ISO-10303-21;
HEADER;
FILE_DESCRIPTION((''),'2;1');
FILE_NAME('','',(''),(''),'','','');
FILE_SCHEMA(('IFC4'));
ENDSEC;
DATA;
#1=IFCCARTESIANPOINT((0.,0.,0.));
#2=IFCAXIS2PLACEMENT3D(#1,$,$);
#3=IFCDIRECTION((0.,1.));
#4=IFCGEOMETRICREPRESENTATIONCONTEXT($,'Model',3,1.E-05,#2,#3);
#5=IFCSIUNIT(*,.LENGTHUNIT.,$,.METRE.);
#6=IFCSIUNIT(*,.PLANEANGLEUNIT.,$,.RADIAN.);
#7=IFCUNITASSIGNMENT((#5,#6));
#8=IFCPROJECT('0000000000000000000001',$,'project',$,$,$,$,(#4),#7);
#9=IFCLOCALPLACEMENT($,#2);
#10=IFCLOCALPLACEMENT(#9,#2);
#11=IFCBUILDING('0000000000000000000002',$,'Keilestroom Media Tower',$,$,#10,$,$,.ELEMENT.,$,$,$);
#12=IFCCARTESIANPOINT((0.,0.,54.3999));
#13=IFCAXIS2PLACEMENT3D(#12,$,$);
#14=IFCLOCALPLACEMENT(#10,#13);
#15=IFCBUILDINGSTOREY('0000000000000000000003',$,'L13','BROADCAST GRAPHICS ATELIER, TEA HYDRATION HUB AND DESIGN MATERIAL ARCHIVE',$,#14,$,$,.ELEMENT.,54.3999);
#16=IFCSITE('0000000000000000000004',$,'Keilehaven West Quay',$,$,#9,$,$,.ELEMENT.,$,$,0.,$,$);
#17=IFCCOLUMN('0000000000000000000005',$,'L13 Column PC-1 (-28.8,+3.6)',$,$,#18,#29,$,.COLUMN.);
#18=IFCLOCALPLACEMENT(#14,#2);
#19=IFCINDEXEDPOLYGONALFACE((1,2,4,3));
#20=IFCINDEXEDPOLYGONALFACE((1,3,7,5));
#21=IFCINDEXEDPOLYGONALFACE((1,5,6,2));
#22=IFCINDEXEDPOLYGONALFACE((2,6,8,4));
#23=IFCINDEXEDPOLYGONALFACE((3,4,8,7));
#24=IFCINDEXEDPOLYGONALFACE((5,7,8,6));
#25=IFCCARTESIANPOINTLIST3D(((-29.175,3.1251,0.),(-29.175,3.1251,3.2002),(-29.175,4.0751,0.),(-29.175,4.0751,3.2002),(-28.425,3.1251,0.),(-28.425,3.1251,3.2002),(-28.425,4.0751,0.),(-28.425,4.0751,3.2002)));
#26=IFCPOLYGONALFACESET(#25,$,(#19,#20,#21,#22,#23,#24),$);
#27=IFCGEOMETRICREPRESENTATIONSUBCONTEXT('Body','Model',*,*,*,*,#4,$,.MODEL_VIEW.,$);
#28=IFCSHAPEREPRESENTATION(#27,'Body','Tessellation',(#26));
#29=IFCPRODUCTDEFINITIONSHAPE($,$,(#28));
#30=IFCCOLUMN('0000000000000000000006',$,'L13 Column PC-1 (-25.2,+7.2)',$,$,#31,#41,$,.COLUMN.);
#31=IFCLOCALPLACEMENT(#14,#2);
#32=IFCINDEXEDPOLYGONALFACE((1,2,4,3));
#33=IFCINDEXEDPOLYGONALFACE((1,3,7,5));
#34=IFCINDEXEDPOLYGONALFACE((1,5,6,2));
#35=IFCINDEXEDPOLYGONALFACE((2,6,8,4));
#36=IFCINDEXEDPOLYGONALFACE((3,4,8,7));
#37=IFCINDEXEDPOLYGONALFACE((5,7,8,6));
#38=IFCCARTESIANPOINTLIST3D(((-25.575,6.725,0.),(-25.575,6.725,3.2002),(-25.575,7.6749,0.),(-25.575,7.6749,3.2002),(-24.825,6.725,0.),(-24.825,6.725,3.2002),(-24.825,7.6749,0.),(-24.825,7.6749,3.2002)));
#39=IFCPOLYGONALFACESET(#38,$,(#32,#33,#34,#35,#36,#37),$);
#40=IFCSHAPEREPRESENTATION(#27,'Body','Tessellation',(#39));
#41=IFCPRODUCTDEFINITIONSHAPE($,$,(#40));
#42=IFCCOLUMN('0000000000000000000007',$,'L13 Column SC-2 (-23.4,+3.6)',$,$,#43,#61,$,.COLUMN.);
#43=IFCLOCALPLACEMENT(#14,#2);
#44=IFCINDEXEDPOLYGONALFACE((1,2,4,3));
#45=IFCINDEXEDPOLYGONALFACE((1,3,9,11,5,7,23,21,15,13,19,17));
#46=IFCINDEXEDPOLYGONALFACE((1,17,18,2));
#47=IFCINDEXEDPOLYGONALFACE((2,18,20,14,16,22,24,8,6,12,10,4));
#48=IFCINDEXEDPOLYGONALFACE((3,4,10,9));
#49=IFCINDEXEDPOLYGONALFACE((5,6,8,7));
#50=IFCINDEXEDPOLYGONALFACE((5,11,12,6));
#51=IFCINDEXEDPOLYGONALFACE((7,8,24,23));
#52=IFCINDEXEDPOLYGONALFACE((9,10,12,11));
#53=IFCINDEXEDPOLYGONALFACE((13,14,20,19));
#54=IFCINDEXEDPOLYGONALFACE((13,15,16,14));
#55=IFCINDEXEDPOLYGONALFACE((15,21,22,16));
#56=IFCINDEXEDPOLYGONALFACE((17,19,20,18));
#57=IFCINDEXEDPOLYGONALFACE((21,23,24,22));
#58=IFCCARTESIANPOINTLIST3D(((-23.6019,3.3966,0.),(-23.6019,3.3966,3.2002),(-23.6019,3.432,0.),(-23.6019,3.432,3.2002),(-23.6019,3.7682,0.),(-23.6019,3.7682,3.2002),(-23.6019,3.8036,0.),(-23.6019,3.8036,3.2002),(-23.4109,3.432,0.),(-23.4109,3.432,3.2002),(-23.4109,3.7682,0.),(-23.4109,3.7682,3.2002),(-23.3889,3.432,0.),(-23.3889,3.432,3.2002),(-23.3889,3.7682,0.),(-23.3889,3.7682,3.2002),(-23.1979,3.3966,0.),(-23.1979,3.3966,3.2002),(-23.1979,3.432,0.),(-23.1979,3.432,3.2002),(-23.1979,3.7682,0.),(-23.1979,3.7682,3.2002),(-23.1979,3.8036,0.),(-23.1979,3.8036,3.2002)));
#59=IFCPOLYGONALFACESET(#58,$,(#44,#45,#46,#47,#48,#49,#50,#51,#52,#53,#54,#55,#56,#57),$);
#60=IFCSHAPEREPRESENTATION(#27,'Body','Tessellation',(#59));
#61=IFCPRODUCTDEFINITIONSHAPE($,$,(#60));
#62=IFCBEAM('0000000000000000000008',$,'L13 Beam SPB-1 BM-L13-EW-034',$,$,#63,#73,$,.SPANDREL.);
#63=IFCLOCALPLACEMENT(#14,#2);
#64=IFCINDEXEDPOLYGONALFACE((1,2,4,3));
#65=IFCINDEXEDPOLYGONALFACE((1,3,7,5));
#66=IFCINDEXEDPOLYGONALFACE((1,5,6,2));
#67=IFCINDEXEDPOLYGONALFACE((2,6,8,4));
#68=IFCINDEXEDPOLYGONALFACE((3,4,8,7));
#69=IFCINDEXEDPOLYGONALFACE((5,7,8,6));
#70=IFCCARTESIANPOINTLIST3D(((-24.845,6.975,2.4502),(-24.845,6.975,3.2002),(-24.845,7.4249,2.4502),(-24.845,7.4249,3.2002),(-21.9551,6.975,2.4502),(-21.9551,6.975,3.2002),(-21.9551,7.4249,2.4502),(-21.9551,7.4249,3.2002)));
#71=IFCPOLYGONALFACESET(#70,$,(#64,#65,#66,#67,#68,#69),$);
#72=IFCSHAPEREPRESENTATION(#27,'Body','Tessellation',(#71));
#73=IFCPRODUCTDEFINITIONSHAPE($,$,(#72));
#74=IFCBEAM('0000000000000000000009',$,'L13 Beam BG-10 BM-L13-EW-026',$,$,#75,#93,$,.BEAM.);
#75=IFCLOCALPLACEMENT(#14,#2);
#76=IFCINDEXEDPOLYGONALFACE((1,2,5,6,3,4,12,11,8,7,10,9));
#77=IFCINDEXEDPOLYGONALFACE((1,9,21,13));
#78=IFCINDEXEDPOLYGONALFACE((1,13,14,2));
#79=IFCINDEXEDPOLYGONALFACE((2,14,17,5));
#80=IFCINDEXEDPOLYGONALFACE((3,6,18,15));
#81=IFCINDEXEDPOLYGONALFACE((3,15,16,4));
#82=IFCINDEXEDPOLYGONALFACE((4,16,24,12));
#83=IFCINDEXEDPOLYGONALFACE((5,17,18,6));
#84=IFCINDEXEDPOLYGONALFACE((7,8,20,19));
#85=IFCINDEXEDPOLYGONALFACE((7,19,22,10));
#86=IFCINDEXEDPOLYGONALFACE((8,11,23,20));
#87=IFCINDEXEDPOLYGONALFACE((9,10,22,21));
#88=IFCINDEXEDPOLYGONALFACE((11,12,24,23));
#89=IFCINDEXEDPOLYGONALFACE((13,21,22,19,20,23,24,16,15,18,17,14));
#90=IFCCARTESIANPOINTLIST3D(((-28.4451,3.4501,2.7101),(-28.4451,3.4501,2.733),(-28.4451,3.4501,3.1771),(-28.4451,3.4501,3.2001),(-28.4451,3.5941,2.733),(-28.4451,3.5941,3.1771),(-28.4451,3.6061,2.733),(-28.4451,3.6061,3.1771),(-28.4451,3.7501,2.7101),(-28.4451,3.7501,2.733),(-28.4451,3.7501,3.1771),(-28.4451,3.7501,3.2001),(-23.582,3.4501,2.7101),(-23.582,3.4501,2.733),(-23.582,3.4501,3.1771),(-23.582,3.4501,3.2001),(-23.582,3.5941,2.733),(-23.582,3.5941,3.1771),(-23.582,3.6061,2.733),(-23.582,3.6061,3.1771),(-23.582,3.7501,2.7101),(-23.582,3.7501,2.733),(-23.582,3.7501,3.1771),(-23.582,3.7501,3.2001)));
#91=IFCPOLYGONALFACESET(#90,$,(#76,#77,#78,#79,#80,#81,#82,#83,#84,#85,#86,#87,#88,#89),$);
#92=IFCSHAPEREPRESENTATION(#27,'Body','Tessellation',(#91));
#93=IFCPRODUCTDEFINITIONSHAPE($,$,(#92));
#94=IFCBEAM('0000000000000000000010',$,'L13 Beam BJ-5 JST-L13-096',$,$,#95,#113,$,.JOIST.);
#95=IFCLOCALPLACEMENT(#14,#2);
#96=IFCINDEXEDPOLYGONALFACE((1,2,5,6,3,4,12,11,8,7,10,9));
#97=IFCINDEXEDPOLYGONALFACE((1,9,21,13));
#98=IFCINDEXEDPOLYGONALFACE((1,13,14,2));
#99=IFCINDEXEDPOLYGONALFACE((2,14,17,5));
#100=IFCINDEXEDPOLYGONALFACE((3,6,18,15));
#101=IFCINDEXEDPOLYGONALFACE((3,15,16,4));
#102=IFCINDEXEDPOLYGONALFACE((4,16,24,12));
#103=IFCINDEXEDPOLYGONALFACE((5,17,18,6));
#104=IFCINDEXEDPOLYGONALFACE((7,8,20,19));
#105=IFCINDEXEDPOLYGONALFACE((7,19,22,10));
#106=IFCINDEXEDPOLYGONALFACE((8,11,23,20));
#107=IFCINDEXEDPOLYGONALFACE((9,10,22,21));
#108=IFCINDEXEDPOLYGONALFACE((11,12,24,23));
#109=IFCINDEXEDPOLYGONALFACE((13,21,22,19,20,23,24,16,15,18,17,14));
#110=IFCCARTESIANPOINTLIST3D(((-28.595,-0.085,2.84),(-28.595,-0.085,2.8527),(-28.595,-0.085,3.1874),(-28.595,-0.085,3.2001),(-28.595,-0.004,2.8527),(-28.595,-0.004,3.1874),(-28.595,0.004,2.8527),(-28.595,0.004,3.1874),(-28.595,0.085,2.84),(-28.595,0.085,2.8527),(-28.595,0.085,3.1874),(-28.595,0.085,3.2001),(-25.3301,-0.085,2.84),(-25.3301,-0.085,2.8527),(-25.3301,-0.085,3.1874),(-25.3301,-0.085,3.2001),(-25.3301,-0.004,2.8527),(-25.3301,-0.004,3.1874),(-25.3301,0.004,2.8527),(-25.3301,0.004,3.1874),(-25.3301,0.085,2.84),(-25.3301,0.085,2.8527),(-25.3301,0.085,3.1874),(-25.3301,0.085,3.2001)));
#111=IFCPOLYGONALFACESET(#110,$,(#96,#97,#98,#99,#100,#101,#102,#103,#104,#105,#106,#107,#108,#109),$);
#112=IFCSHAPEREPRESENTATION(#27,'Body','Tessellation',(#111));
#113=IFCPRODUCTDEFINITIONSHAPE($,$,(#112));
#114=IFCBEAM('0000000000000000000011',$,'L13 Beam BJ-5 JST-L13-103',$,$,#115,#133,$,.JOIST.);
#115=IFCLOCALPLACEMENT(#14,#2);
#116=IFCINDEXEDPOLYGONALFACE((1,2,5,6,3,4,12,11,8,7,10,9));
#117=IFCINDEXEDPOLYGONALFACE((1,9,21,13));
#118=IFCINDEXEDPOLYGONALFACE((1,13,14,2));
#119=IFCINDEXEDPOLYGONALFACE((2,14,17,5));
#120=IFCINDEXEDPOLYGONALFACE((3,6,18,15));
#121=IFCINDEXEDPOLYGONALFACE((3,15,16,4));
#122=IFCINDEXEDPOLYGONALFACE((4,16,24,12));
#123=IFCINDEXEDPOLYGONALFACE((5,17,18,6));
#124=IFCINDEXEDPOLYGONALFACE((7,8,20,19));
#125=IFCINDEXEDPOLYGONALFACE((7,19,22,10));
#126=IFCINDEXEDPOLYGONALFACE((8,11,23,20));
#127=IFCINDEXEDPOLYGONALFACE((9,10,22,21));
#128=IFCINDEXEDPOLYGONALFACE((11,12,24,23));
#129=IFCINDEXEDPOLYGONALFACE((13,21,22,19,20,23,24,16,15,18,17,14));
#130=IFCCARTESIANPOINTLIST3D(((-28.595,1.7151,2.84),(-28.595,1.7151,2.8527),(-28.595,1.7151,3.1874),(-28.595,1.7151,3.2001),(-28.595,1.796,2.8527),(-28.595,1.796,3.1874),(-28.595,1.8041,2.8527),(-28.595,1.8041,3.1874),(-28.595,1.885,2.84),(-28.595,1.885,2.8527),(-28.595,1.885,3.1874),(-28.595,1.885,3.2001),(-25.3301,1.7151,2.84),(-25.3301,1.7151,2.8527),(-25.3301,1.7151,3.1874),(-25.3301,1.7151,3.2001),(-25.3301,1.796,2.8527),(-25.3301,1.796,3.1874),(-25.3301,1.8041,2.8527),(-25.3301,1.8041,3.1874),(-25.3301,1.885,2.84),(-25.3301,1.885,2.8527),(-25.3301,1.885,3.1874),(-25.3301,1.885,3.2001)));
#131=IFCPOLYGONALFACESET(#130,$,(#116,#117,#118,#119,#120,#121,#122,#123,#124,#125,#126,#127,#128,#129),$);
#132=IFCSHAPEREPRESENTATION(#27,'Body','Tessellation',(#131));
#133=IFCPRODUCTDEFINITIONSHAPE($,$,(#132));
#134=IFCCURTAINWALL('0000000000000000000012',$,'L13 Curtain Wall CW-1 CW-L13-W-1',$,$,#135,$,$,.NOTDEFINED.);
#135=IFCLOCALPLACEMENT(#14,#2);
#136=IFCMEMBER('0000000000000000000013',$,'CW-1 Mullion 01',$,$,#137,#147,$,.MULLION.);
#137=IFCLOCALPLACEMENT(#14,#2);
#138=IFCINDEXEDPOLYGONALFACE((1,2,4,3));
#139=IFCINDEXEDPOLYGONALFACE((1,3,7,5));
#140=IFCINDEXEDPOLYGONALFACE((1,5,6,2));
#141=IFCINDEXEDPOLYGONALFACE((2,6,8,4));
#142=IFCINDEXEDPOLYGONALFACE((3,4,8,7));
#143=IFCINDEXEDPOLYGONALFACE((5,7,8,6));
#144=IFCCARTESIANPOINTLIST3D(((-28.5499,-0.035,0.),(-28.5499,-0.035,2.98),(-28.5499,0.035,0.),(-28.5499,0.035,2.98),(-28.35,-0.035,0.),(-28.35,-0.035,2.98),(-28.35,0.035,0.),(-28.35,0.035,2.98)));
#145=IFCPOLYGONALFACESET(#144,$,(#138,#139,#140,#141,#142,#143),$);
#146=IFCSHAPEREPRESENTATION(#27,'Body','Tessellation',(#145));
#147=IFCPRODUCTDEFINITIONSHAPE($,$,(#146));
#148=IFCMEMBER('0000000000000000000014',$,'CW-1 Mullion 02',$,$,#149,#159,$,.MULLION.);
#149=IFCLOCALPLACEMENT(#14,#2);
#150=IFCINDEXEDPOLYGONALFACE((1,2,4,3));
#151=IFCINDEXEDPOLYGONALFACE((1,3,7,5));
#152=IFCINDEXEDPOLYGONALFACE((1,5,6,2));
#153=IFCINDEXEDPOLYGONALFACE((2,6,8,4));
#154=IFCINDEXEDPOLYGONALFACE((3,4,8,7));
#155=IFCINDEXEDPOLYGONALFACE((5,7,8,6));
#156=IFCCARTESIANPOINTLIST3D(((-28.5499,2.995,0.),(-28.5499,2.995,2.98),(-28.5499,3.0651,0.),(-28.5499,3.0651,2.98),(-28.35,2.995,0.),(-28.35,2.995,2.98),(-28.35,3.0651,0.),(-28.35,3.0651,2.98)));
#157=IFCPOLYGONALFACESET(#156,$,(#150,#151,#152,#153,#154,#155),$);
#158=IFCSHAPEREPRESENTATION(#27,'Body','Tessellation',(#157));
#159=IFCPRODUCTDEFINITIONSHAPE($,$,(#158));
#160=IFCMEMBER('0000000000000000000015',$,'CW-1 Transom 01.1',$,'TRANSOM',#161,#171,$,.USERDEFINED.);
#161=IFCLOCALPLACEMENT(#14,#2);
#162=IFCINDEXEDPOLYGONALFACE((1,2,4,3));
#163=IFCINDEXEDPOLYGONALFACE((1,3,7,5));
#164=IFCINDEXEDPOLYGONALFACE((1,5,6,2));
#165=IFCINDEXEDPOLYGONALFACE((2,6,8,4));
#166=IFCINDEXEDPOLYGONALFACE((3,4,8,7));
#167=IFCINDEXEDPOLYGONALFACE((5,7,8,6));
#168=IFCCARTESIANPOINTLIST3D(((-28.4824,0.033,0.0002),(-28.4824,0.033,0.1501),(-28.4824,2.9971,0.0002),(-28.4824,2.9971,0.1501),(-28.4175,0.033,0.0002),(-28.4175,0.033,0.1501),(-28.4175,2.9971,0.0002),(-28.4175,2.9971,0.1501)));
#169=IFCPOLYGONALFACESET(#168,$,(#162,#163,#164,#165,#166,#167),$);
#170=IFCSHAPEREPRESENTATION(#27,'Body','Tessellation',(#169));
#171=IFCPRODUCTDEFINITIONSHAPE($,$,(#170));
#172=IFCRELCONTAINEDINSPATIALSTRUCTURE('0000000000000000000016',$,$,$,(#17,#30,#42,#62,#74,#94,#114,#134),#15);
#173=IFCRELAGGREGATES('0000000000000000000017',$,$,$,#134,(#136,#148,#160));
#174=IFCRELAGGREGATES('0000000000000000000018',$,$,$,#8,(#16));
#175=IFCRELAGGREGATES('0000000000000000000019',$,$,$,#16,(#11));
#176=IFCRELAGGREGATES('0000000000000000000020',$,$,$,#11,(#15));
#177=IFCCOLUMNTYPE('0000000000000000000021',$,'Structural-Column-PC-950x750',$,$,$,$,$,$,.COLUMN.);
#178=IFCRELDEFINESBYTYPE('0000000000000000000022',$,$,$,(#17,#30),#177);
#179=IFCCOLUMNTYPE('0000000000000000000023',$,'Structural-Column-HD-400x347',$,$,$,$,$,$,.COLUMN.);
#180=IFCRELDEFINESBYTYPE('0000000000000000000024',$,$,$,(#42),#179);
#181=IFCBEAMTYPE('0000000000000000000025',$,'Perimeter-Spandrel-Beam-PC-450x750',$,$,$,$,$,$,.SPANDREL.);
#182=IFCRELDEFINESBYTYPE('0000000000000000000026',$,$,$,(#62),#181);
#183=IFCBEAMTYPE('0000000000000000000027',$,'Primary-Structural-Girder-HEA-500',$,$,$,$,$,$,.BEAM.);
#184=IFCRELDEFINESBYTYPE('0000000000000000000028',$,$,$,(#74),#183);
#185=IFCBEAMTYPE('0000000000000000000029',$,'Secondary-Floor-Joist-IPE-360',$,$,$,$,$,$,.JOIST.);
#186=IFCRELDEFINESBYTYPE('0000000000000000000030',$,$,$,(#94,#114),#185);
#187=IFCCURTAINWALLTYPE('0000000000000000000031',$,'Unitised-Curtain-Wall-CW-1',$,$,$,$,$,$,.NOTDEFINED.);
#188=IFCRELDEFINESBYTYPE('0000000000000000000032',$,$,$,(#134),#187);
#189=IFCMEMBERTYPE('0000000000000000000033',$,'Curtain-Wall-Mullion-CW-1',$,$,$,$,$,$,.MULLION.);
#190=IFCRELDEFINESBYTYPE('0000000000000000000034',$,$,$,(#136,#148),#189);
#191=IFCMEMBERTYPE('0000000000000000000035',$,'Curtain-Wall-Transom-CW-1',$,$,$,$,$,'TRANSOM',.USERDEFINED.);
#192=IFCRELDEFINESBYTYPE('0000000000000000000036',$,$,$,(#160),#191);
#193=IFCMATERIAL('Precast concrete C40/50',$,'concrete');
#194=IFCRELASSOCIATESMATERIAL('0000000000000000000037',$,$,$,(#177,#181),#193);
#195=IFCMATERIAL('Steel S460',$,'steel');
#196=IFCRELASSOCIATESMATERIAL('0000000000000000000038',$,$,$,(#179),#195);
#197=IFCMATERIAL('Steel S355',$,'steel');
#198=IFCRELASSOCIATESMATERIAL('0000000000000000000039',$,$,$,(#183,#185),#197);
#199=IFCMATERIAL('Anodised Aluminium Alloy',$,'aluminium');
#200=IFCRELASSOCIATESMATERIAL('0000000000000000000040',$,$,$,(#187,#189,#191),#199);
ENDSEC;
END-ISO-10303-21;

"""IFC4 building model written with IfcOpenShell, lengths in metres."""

from ifc_helpers import new_model, si_unit, direction, frame, origin, origin_2d, place, context, subcontext, project, spatial, rectangle, i_section, extrude, source, transform, mapped, material, material_profile, profile_set, type_object, element, aggregate, save


model = new_model("IFC4")

# Units and contexts
model_context = context("Model", 3, precision=1e-05, world=origin(), true_north=direction((0.0, 1.0)))
body_context = subcontext(model_context, "Body", "Model", "MODEL_VIEW")
ifc_project = project(units=[si_unit("LENGTHUNIT", "METRE"), si_unit("PLANEANGLEUNIT", "RADIAN")], contexts=[model_context])

# Site, building, storey
site_placement = place(None, origin())
site = spatial("IfcSite", under=ifc_project, at=site_placement, Name="Keilehaven West Quay", CompositionType="ELEMENT", RefElevation=0.0)
building_placement = place(site_placement, origin())
building = spatial("IfcBuilding", under=site, at=building_placement, Name="Keilestroom Media Tower", CompositionType="ELEMENT")
storey_placement = place(building_placement, frame((0.0, 0.0, 54.3999)))
storey = spatial("IfcBuildingStorey", under=building, at=storey_placement, Name="L13", Description="BROADCAST GRAPHICS ATELIER, TEA HYDRATION HUB AND DESIGN MATERIAL ARCHIVE", CompositionType="ELEMENT", Elevation=54.3999)

# Columns
ifc_material_1 = material(Name="Precast concrete C40/50", Category="concrete")
ifc_material_profile_1 = material_profile(ifc_material_1, rectangle(XDim=0.75, YDim=0.95, at=origin_2d()), Name="PC 950x750")
ifc_profile_set_1 = profile_set([ifc_material_profile_1], Name="Precast concrete C40/50")
column_type_1 = type_object("IfcColumnType", Name="Structural-Column-PC-950x750", PredefinedType="COLUMN", material=ifc_profile_set_1)
shared_shape_1 = source(origin(), body_context, "Body", "SweptSolid", [
    extrude(rectangle(XDim=0.75, YDim=0.95, at=origin_2d()), origin(), (0.0, 0.0, 1.0), 3.2002),
])
for number, where, z_axis, x_axis, name in (
    (1, (-28.8, 3.6001, 0.0), (0.0, 0.0, 1.0), (1.0, 0.0, 0.0), "L13 Column PC-1 (-28.8,+3.6)"),
    (2, (-25.2, 7.2, 0.0), (0.0, 0.0, 1.0), (1.0, 0.0, 0.0), "L13 Column PC-1 (-25.2,+7.2)"),
):
    element("IfcColumn", number, at=place(storey_placement, frame(where, z_axis=z_axis, x_axis=x_axis)), inside=storey, type_object=column_type_1, Name=name, PredefinedType="COLUMN", context=body_context, shape_type="MappedRepresentation", body=[
        mapped(shared_shape_1, transform((0.0, 0.0, 0.0), x_axis=(1.0, 0.0, 0.0), y_axis=(0.0, 1.0, 0.0), z_axis=(0.0, 0.0, 1.0), scale=1.0)),
    ])
ifc_material_2 = material(Name="Steel S460", Category="steel")
ifc_material_profile_2 = material_profile(ifc_material_2, i_section(OverallWidth=0.4041, OverallDepth=0.407, WebThickness=0.022, FlangeThickness=0.0354, at=origin_2d()), Name="HD 400x347")
ifc_profile_set_2 = profile_set([ifc_material_profile_2], Name="Steel S460")
column_type_2 = type_object("IfcColumnType", Name="Structural-Column-HD-400x347", PredefinedType="COLUMN", material=ifc_profile_set_2)
shared_shape_2 = source(origin(), body_context, "Body", "SweptSolid", [
    extrude(i_section(OverallWidth=0.4041, OverallDepth=0.407, WebThickness=0.022, FlangeThickness=0.0354, at=origin_2d()), origin(), (0.0, 0.0, 1.0), 3.2002),
])
column_placement = place(storey_placement, frame((-23.3999, 3.6001, 0.0), z_axis=(0.0, 0.0, 1.0), x_axis=(1.0, 0.0, 0.0)))
element("IfcColumn", 3, at=column_placement, inside=storey, type_object=column_type_2, Name="L13 Column SC-2 (-23.4,+3.6)", PredefinedType="COLUMN", context=body_context, shape_type="MappedRepresentation", body=[
    mapped(shared_shape_2, transform((0.0, 0.0, 0.0), x_axis=(1.0, 0.0, 0.0), y_axis=(0.0, 1.0, 0.0), z_axis=(0.0, 0.0, 1.0), scale=1.0)),
])

# Beams
ifc_material_profile_3 = material_profile(ifc_material_1, rectangle(XDim=0.45, YDim=0.75, at=origin_2d()), Name="PC 450x750")
ifc_profile_set_3 = profile_set([ifc_material_profile_3], Name="Precast concrete C40/50")
beam_type_1 = type_object("IfcBeamType", Name="Perimeter-Spandrel-Beam-PC-450x750", PredefinedType="SPANDREL", material=ifc_profile_set_3)
shared_shape_3 = source(origin(), body_context, "Body", "SweptSolid", [
    extrude(rectangle(XDim=0.45, YDim=0.75, at=origin_2d()), origin(), (0.0, 0.0, 1.0), 2.8899),
])
beam_1_placement = place(storey_placement, frame((-24.845, 7.2, 2.8252), z_axis=(1.0, 0.0, 0.0), x_axis=(0.0, 1.0, 0.0)))
element("IfcBeam", 4, at=beam_1_placement, inside=storey, type_object=beam_type_1, Name="L13 Beam SPB-1 BM-L13-EW-034", PredefinedType="SPANDREL", context=body_context, shape_type="MappedRepresentation", body=[
    mapped(shared_shape_3, transform((0.0, 0.0, 0.0), x_axis=(1.0, 0.0, 0.0), y_axis=(0.0, 1.0, 0.0), z_axis=(0.0, 0.0, 1.0), scale=1.0)),
])
ifc_material_3 = material(Name="Steel S355", Category="steel")
ifc_material_profile_4 = material_profile(ifc_material_3, i_section(OverallWidth=0.3, OverallDepth=0.49, WebThickness=0.012, FlangeThickness=0.0229, at=origin_2d()), Name="HEA 500")
ifc_profile_set_4 = profile_set([ifc_material_profile_4], Name="Steel S355")
beam_type_2 = type_object("IfcBeamType", Name="Primary-Structural-Girder-HEA-500", PredefinedType="BEAM", material=ifc_profile_set_4)
shared_shape_4 = source(origin(), body_context, "Body", "SweptSolid", [
    extrude(i_section(OverallWidth=0.3, OverallDepth=0.49, WebThickness=0.012, FlangeThickness=0.0229, at=origin_2d()), origin(), (0.0, 0.0, 1.0), 4.863),
])
beam_2_placement = place(storey_placement, frame((-28.4451, 3.6001, 2.9551), z_axis=(1.0, 0.0, 0.0), x_axis=(0.0, 1.0, 0.0)))
element("IfcBeam", 5, at=beam_2_placement, inside=storey, type_object=beam_type_2, Name="L13 Beam BG-10 BM-L13-EW-026", PredefinedType="BEAM", context=body_context, shape_type="MappedRepresentation", body=[
    mapped(shared_shape_4, transform((0.0, 0.0, 0.0), x_axis=(1.0, 0.0, 0.0), y_axis=(0.0, 1.0, 0.0), z_axis=(0.0, 0.0, 1.0), scale=1.0)),
])
ifc_material_profile_5 = material_profile(ifc_material_3, i_section(OverallWidth=0.1699, OverallDepth=0.3601, WebThickness=0.0081, FlangeThickness=0.0127, at=origin_2d()), Name="IPE 360")
ifc_profile_set_5 = profile_set([ifc_material_profile_5], Name="Steel S355")
beam_type_3 = type_object("IfcBeamType", Name="Secondary-Floor-Joist-IPE-360", PredefinedType="JOIST", material=ifc_profile_set_5)
shared_shape_5 = source(origin(), body_context, "Body", "SweptSolid", [
    extrude(i_section(OverallWidth=0.1699, OverallDepth=0.3601, WebThickness=0.0081, FlangeThickness=0.0127, at=origin_2d()), origin(), (0.0, 0.0, 1.0), 3.2649),
])
for number, where, z_axis, x_axis, name in (
    (6, (-28.595, 0.0, 3.02), (1.0, 0.0, 0.0), (0.0, 1.0, 0.0), "L13 Beam BJ-5 JST-L13-096"),
    (7, (-28.595, 1.8, 3.02), (1.0, 0.0, 0.0), (0.0, 1.0, 0.0), "L13 Beam BJ-5 JST-L13-103"),
):
    element("IfcBeam", number, at=place(storey_placement, frame(where, z_axis=z_axis, x_axis=x_axis)), inside=storey, type_object=beam_type_3, Name=name, PredefinedType="JOIST", context=body_context, shape_type="MappedRepresentation", body=[
        mapped(shared_shape_5, transform((0.0, 0.0, 0.0), x_axis=(1.0, 0.0, 0.0), y_axis=(0.0, 1.0, 0.0), z_axis=(0.0, 0.0, 1.0), scale=1.0)),
    ])

# Curtain wall, members
ifc_material_4 = material(Name="Anodised Aluminium Alloy", Category="aluminium")
curtain_wall_type = type_object("IfcCurtainWallType", Name="Unitised-Curtain-Wall-CW-1", PredefinedType="NOTDEFINED", material=ifc_material_4)
curtain_wall_placement = place(storey_placement, origin())
curtain_wall = element("IfcCurtainWall", 8, at=curtain_wall_placement, inside=storey, type_object=curtain_wall_type, Name="L13 Curtain Wall CW-1 CW-L13-W-1", PredefinedType="NOTDEFINED")
ifc_material_profile_6 = material_profile(ifc_material_4, rectangle(XDim=0.0701, YDim=0.2, at=origin_2d()), Name="ALU MULLION 70x200")
ifc_profile_set_6 = profile_set([ifc_material_profile_6], Name="Anodised Aluminium Alloy")
member_type_1 = type_object("IfcMemberType", Name="Curtain-Wall-Mullion-CW-1", PredefinedType="MULLION", material=ifc_profile_set_6)
shared_shape_6 = source(origin(), body_context, "Body", "SweptSolid", [
    extrude(rectangle(XDim=0.0701, YDim=0.2, at=origin_2d()), origin(), (0.0, 0.0, 1.0), 2.98),
])
member_1_placement = place(storey_placement, frame((-28.45, 0.0, 0.0), z_axis=(0.0, 0.0, 1.0), x_axis=(0.0, 1.0, 0.0)))
member_1 = element("IfcMember", 9, at=member_1_placement, type_object=member_type_1, Name="CW-1 Mullion 01", PredefinedType="MULLION", context=body_context, shape_type="MappedRepresentation", body=[
    mapped(shared_shape_6, transform((0.0, 0.0, 0.0), x_axis=(1.0, 0.0, 0.0), y_axis=(0.0, 1.0, 0.0), z_axis=(0.0, 0.0, 1.0), scale=1.0)),
])
member_2_placement = place(storey_placement, frame((-28.45, 3.03, 0.0), z_axis=(0.0, 0.0, 1.0), x_axis=(0.0, 1.0, 0.0)))
member_2 = element("IfcMember", 10, at=member_2_placement, type_object=member_type_1, Name="CW-1 Mullion 02", PredefinedType="MULLION", context=body_context, shape_type="MappedRepresentation", body=[
    mapped(shared_shape_6, transform((0.0, 0.0, 0.0), x_axis=(1.0, 0.0, 0.0), y_axis=(0.0, 1.0, 0.0), z_axis=(0.0, 0.0, 1.0), scale=1.0)),
])
ifc_material_profile_7 = material_profile(ifc_material_4, rectangle(XDim=0.0649, YDim=0.1499, at=origin_2d()), Name="ALU TRANSOM 65x150")
ifc_profile_set_7 = profile_set([ifc_material_profile_7], Name="Anodised Aluminium Alloy")
member_type_2 = type_object("IfcMemberType", Name="Curtain-Wall-Transom-CW-1", ElementType="TRANSOM", PredefinedType="USERDEFINED", material=ifc_profile_set_7)
shared_shape_7 = source(origin(), body_context, "Body", "SweptSolid", [
    extrude(rectangle(XDim=0.0649, YDim=0.1499, at=origin_2d()), origin(), (0.0, 0.0, 1.0), 2.9641),
])
member_3_placement = place(storey_placement, frame((-28.45, 0.033, 0.0752), z_axis=(0.0, 1.0, 0.0), x_axis=(-1.0, 0.0, 0.0)))
member_3 = element("IfcMember", 11, at=member_3_placement, type_object=member_type_2, Name="CW-1 Transom 01.1", ObjectType="TRANSOM", PredefinedType="USERDEFINED", context=body_context, shape_type="MappedRepresentation", body=[
    mapped(shared_shape_7, transform((0.0, 0.0, 0.0), x_axis=(1.0, 0.0, 0.0), y_axis=(0.0, 1.0, 0.0), z_axis=(0.0, 0.0, 1.0), scale=1.0)),
])
aggregate(curtain_wall, [member_1, member_2, member_3])

save(model, "model.ifc")
